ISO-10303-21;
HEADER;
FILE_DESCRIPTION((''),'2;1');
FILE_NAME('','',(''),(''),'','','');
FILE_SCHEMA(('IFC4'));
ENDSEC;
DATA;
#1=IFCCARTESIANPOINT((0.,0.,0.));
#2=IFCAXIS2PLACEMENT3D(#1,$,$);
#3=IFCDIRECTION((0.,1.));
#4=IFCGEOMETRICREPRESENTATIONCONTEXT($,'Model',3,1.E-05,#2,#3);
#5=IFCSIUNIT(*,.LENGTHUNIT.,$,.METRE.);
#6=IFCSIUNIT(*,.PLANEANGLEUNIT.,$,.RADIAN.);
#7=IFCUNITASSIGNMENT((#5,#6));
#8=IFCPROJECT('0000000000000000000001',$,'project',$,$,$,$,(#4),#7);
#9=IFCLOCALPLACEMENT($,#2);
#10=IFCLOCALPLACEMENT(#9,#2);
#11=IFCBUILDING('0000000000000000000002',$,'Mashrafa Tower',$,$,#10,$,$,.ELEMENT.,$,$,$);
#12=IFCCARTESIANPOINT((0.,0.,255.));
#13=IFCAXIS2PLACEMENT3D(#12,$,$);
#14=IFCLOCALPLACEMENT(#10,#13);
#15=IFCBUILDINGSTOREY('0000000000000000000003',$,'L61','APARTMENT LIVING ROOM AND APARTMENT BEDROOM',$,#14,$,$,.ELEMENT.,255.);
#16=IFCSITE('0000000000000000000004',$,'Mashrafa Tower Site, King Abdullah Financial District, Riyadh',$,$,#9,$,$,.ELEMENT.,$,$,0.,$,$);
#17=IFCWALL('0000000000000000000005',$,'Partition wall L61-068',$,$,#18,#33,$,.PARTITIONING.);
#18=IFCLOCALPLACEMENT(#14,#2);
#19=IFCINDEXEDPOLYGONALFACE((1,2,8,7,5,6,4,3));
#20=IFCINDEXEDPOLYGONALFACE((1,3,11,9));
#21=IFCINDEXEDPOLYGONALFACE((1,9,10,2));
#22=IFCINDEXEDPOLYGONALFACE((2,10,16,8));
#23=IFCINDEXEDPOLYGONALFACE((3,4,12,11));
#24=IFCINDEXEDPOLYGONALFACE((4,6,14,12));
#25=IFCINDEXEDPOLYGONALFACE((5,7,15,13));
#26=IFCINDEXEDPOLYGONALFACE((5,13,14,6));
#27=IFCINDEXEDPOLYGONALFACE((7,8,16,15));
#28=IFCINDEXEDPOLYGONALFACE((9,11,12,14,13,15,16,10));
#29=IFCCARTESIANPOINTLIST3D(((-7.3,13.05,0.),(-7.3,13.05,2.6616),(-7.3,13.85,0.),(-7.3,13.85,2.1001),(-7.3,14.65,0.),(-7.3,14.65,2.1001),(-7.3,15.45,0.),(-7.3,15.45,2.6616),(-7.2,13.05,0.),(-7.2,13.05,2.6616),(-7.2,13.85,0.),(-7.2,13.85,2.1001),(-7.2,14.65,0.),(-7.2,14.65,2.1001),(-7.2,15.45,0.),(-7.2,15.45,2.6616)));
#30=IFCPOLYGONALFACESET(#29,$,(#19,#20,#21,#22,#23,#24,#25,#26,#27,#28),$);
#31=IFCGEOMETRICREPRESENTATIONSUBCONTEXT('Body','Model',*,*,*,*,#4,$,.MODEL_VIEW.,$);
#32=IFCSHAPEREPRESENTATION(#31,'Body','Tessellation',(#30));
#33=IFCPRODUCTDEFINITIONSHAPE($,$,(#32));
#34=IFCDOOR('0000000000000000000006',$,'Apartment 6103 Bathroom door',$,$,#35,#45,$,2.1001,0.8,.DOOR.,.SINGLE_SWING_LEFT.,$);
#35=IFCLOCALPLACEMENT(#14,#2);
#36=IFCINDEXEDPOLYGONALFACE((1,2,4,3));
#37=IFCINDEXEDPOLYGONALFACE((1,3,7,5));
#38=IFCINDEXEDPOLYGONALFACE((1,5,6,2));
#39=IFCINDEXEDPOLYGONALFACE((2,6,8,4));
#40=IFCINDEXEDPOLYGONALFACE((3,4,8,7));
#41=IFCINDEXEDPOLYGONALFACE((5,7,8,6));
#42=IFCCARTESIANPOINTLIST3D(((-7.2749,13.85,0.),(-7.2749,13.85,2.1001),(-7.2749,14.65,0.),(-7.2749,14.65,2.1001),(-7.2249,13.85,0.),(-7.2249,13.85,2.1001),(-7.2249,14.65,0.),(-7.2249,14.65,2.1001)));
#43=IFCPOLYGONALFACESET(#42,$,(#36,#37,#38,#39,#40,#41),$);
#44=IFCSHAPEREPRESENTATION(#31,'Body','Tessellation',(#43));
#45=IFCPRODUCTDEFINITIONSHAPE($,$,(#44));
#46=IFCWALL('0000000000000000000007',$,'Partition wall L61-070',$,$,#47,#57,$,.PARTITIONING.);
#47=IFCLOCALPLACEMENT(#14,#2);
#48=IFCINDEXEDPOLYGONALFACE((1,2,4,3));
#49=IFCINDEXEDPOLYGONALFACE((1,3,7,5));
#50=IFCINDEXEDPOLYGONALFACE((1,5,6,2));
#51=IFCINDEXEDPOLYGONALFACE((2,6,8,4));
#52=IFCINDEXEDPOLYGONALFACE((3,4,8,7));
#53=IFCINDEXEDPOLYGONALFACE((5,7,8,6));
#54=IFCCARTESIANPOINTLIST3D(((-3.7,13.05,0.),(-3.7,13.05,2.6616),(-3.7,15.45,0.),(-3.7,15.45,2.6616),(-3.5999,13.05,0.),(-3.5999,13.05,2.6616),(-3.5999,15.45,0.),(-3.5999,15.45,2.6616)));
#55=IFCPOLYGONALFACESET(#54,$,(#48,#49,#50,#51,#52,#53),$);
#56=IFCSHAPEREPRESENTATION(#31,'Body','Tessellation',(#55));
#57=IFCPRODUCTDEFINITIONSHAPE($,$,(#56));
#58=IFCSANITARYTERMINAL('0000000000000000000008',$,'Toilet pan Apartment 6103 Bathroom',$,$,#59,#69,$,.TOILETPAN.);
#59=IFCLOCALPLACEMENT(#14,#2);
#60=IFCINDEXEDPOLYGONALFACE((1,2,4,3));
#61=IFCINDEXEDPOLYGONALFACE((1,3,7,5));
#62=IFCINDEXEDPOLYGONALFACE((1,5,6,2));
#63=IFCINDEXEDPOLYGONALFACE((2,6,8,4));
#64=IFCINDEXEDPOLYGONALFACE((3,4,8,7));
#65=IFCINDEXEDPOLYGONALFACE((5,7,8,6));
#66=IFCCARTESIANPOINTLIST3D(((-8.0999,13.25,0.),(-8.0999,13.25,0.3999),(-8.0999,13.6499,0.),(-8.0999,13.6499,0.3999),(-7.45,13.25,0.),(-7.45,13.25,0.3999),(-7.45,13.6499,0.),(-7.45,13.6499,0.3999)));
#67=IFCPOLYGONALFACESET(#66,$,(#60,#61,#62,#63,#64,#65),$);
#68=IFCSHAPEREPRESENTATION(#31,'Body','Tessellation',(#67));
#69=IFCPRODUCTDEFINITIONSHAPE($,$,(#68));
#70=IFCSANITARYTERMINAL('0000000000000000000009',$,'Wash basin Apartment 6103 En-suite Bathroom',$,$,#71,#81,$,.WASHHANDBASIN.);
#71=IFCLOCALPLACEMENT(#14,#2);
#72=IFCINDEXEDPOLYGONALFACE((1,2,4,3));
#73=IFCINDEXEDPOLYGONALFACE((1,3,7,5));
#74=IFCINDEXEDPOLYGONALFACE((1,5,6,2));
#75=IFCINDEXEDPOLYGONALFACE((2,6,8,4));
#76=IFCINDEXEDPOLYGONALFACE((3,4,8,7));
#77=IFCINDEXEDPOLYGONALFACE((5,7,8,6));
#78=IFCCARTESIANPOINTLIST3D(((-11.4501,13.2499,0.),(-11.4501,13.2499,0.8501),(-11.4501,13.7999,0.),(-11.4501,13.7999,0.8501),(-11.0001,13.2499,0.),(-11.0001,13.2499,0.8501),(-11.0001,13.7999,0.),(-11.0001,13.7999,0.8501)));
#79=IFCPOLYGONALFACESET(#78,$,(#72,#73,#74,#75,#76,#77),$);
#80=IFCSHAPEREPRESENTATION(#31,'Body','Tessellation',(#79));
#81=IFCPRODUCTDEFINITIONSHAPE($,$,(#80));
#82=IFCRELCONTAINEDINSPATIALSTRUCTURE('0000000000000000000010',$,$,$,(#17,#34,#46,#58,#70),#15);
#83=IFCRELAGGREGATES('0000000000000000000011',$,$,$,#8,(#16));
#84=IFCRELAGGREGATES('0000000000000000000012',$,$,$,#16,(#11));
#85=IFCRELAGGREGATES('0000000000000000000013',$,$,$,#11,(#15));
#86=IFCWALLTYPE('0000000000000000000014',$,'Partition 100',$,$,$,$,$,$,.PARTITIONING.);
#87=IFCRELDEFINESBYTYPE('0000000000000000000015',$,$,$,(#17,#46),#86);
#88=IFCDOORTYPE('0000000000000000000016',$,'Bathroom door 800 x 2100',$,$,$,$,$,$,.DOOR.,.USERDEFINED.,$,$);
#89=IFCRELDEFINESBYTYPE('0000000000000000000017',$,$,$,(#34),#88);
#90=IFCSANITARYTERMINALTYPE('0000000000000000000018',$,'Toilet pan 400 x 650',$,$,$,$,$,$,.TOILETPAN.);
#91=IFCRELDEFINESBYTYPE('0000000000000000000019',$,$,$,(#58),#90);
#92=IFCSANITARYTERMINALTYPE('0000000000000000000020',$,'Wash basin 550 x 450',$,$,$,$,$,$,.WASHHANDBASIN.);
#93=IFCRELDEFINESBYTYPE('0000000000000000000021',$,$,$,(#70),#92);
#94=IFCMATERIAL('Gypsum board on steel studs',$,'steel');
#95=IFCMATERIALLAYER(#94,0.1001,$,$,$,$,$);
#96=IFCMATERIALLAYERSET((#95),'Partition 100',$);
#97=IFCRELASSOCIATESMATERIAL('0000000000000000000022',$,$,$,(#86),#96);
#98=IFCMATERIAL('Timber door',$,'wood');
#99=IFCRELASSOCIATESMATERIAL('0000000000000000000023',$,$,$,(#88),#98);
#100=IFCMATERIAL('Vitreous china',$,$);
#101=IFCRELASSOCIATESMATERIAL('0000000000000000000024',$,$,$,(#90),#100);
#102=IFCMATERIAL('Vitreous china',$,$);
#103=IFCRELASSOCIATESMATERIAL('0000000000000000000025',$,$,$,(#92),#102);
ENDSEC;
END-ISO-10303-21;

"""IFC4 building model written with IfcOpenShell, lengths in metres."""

from ifc_helpers import new_model, si_unit, direction, frame, frame_2d, origin, origin_2d, place, context, subcontext, project, spatial, rectangle, extrude, material, layer, layer_set, type_object, element, fill, save


model = new_model("IFC4")

# Units and contexts
model_context = context("Model", 3, precision=1e-05, world=origin(), true_north=direction((0.0, 1.0)))
body_context = subcontext(model_context, "Body", "Model", "MODEL_VIEW")
ifc_project = project(units=[si_unit("LENGTHUNIT", "METRE"), si_unit("PLANEANGLEUNIT", "RADIAN")], contexts=[model_context])

# Site, building, storey
site_placement = place(None, origin())
site = spatial("IfcSite", under=ifc_project, at=site_placement, Name="Mashrafa Tower Site, King Abdullah Financial District, Riyadh", CompositionType="ELEMENT", RefElevation=0.0)
building_placement = place(site_placement, origin())
building = spatial("IfcBuilding", under=site, at=building_placement, Name="Mashrafa Tower", CompositionType="ELEMENT")
storey_placement = place(building_placement, frame((0.0, 0.0, 255.0)))
storey = spatial("IfcBuildingStorey", under=building, at=storey_placement, Name="L61", Description="APARTMENT LIVING ROOM AND APARTMENT BEDROOM", CompositionType="ELEMENT", Elevation=255.0)

# Shared definitions
ifc_material_1 = material(Name="Gypsum board on steel studs", Category="steel")
ifc_layer_1 = layer(ifc_material_1, 0.1001)
ifc_layer_set_1 = layer_set([ifc_layer_1], Name="Partition 100")
wall_type_1 = type_object("IfcWallType", Name="Partition 100", PredefinedType="PARTITIONING", material=ifc_layer_set_1)

# Wall, opening, door
wall_1_placement = place(storey_placement, frame((-7.25, 13.05, 0.0), z_axis=(0.0, 0.0, 1.0), x_axis=(0.0, 1.0, 0.0)))
wall_1 = element("IfcWall", 1, at=wall_1_placement, inside=storey, type_object=wall_type_1, Name="Partition wall L61-068", PredefinedType="PARTITIONING", context=body_context, shape_type="SweptSolid", body=[
    extrude(rectangle(XDim=2.3999, YDim=0.1001, at=frame_2d((1.2, 0.0))), origin(), (0.0, 0.0, 1.0), 2.6616),
])
opening_1_placement = place(wall_1_placement, frame((0.8, 0.0, 0.0)))
opening_1 = element("IfcOpeningElement", 2, at=opening_1_placement, cuts=wall_1, PredefinedType="OPENING", context=body_context, shape_type="SweptSolid", body=[
    extrude(rectangle(XDim=0.8, YDim=2.1001, at=frame_2d((0.3999, 1.05))), frame((0.0, 0.0601, 0.0), z_axis=(0.0, -1.0, 0.0), x_axis=(1.0, 0.0, 0.0)), (0.0, 0.0, 1.0), 0.1201),
])
ifc_material_2 = material(Name="Timber door", Category="wood")
door_type_1 = type_object("IfcDoorType", Name="Bathroom door 800 x 2100", OperationType="USERDEFINED", PredefinedType="DOOR", material=ifc_material_2)
door_1_placement = place(opening_1_placement, origin())
door_1 = element("IfcDoor", 3, at=door_1_placement, inside=storey, type_object=door_type_1, Name="Apartment 6103 Bathroom door", OperationType="SINGLE_SWING_LEFT", OverallHeight=2.1001, OverallWidth=0.8, PredefinedType="DOOR", context=body_context, shape_type="SweptSolid", body=[
    extrude(rectangle(XDim=0.8, YDim=2.1001, at=frame_2d((0.3999, 1.05))), frame((0.0, 0.0249, 0.0), z_axis=(0.0, -1.0, 0.0), x_axis=(1.0, 0.0, 0.0)), (0.0, 0.0, 1.0), 0.05),
])
fill(opening_1, door_1)

# Wall
wall_2_placement = place(storey_placement, frame((-3.6499, 13.05, 0.0), z_axis=(0.0, 0.0, 1.0), x_axis=(0.0, 1.0, 0.0)))
element("IfcWall", 4, at=wall_2_placement, inside=storey, type_object=wall_type_1, Name="Partition wall L61-070", PredefinedType="PARTITIONING", context=body_context, shape_type="SweptSolid", body=[
    extrude(rectangle(XDim=2.3999, YDim=0.1001, at=frame_2d((1.2, 0.0))), origin(), (0.0, 0.0, 1.0), 2.6616),
])

# Sanitary terminals
ifc_material_3 = material(Name="Vitreous china")
sanitary_terminal_type_1 = type_object("IfcSanitaryTerminalType", Name="Toilet pan 400 x 650", PredefinedType="TOILETPAN", material=ifc_material_3)
sanitary_terminal_1_placement = place(storey_placement, frame((-7.7749, 13.45, 0.0), z_axis=(0.0, 0.0, 1.0), x_axis=(0.0, 1.0, 0.0)))
element("IfcSanitaryTerminal", 5, at=sanitary_terminal_1_placement, inside=storey, type_object=sanitary_terminal_type_1, Name="Toilet pan Apartment 6103 Bathroom", PredefinedType="TOILETPAN", context=body_context, shape_type="SweptSolid", body=[
    extrude(rectangle(XDim=0.3999, YDim=0.6499, at=origin_2d()), origin(), (0.0, 0.0, 1.0), 0.3999),
])
ifc_material_4 = material(Name="Vitreous china")
sanitary_terminal_type_2 = type_object("IfcSanitaryTerminalType", Name="Wash basin 550 x 450", PredefinedType="WASHHANDBASIN", material=ifc_material_4)
sanitary_terminal_2_placement = place(storey_placement, frame((-11.2251, 13.5249, 0.0), z_axis=(0.0, 0.0, 1.0), x_axis=(0.0, -1.0, 0.0)))
element("IfcSanitaryTerminal", 6, at=sanitary_terminal_2_placement, inside=storey, type_object=sanitary_terminal_type_2, Name="Wash basin Apartment 6103 En-suite Bathroom", PredefinedType="WASHHANDBASIN", context=body_context, shape_type="SweptSolid", body=[
    extrude(rectangle(XDim=0.55, YDim=0.45, at=origin_2d()), origin(), (0.0, 0.0, 1.0), 0.8501),
])

save(model, "model.ifc")
